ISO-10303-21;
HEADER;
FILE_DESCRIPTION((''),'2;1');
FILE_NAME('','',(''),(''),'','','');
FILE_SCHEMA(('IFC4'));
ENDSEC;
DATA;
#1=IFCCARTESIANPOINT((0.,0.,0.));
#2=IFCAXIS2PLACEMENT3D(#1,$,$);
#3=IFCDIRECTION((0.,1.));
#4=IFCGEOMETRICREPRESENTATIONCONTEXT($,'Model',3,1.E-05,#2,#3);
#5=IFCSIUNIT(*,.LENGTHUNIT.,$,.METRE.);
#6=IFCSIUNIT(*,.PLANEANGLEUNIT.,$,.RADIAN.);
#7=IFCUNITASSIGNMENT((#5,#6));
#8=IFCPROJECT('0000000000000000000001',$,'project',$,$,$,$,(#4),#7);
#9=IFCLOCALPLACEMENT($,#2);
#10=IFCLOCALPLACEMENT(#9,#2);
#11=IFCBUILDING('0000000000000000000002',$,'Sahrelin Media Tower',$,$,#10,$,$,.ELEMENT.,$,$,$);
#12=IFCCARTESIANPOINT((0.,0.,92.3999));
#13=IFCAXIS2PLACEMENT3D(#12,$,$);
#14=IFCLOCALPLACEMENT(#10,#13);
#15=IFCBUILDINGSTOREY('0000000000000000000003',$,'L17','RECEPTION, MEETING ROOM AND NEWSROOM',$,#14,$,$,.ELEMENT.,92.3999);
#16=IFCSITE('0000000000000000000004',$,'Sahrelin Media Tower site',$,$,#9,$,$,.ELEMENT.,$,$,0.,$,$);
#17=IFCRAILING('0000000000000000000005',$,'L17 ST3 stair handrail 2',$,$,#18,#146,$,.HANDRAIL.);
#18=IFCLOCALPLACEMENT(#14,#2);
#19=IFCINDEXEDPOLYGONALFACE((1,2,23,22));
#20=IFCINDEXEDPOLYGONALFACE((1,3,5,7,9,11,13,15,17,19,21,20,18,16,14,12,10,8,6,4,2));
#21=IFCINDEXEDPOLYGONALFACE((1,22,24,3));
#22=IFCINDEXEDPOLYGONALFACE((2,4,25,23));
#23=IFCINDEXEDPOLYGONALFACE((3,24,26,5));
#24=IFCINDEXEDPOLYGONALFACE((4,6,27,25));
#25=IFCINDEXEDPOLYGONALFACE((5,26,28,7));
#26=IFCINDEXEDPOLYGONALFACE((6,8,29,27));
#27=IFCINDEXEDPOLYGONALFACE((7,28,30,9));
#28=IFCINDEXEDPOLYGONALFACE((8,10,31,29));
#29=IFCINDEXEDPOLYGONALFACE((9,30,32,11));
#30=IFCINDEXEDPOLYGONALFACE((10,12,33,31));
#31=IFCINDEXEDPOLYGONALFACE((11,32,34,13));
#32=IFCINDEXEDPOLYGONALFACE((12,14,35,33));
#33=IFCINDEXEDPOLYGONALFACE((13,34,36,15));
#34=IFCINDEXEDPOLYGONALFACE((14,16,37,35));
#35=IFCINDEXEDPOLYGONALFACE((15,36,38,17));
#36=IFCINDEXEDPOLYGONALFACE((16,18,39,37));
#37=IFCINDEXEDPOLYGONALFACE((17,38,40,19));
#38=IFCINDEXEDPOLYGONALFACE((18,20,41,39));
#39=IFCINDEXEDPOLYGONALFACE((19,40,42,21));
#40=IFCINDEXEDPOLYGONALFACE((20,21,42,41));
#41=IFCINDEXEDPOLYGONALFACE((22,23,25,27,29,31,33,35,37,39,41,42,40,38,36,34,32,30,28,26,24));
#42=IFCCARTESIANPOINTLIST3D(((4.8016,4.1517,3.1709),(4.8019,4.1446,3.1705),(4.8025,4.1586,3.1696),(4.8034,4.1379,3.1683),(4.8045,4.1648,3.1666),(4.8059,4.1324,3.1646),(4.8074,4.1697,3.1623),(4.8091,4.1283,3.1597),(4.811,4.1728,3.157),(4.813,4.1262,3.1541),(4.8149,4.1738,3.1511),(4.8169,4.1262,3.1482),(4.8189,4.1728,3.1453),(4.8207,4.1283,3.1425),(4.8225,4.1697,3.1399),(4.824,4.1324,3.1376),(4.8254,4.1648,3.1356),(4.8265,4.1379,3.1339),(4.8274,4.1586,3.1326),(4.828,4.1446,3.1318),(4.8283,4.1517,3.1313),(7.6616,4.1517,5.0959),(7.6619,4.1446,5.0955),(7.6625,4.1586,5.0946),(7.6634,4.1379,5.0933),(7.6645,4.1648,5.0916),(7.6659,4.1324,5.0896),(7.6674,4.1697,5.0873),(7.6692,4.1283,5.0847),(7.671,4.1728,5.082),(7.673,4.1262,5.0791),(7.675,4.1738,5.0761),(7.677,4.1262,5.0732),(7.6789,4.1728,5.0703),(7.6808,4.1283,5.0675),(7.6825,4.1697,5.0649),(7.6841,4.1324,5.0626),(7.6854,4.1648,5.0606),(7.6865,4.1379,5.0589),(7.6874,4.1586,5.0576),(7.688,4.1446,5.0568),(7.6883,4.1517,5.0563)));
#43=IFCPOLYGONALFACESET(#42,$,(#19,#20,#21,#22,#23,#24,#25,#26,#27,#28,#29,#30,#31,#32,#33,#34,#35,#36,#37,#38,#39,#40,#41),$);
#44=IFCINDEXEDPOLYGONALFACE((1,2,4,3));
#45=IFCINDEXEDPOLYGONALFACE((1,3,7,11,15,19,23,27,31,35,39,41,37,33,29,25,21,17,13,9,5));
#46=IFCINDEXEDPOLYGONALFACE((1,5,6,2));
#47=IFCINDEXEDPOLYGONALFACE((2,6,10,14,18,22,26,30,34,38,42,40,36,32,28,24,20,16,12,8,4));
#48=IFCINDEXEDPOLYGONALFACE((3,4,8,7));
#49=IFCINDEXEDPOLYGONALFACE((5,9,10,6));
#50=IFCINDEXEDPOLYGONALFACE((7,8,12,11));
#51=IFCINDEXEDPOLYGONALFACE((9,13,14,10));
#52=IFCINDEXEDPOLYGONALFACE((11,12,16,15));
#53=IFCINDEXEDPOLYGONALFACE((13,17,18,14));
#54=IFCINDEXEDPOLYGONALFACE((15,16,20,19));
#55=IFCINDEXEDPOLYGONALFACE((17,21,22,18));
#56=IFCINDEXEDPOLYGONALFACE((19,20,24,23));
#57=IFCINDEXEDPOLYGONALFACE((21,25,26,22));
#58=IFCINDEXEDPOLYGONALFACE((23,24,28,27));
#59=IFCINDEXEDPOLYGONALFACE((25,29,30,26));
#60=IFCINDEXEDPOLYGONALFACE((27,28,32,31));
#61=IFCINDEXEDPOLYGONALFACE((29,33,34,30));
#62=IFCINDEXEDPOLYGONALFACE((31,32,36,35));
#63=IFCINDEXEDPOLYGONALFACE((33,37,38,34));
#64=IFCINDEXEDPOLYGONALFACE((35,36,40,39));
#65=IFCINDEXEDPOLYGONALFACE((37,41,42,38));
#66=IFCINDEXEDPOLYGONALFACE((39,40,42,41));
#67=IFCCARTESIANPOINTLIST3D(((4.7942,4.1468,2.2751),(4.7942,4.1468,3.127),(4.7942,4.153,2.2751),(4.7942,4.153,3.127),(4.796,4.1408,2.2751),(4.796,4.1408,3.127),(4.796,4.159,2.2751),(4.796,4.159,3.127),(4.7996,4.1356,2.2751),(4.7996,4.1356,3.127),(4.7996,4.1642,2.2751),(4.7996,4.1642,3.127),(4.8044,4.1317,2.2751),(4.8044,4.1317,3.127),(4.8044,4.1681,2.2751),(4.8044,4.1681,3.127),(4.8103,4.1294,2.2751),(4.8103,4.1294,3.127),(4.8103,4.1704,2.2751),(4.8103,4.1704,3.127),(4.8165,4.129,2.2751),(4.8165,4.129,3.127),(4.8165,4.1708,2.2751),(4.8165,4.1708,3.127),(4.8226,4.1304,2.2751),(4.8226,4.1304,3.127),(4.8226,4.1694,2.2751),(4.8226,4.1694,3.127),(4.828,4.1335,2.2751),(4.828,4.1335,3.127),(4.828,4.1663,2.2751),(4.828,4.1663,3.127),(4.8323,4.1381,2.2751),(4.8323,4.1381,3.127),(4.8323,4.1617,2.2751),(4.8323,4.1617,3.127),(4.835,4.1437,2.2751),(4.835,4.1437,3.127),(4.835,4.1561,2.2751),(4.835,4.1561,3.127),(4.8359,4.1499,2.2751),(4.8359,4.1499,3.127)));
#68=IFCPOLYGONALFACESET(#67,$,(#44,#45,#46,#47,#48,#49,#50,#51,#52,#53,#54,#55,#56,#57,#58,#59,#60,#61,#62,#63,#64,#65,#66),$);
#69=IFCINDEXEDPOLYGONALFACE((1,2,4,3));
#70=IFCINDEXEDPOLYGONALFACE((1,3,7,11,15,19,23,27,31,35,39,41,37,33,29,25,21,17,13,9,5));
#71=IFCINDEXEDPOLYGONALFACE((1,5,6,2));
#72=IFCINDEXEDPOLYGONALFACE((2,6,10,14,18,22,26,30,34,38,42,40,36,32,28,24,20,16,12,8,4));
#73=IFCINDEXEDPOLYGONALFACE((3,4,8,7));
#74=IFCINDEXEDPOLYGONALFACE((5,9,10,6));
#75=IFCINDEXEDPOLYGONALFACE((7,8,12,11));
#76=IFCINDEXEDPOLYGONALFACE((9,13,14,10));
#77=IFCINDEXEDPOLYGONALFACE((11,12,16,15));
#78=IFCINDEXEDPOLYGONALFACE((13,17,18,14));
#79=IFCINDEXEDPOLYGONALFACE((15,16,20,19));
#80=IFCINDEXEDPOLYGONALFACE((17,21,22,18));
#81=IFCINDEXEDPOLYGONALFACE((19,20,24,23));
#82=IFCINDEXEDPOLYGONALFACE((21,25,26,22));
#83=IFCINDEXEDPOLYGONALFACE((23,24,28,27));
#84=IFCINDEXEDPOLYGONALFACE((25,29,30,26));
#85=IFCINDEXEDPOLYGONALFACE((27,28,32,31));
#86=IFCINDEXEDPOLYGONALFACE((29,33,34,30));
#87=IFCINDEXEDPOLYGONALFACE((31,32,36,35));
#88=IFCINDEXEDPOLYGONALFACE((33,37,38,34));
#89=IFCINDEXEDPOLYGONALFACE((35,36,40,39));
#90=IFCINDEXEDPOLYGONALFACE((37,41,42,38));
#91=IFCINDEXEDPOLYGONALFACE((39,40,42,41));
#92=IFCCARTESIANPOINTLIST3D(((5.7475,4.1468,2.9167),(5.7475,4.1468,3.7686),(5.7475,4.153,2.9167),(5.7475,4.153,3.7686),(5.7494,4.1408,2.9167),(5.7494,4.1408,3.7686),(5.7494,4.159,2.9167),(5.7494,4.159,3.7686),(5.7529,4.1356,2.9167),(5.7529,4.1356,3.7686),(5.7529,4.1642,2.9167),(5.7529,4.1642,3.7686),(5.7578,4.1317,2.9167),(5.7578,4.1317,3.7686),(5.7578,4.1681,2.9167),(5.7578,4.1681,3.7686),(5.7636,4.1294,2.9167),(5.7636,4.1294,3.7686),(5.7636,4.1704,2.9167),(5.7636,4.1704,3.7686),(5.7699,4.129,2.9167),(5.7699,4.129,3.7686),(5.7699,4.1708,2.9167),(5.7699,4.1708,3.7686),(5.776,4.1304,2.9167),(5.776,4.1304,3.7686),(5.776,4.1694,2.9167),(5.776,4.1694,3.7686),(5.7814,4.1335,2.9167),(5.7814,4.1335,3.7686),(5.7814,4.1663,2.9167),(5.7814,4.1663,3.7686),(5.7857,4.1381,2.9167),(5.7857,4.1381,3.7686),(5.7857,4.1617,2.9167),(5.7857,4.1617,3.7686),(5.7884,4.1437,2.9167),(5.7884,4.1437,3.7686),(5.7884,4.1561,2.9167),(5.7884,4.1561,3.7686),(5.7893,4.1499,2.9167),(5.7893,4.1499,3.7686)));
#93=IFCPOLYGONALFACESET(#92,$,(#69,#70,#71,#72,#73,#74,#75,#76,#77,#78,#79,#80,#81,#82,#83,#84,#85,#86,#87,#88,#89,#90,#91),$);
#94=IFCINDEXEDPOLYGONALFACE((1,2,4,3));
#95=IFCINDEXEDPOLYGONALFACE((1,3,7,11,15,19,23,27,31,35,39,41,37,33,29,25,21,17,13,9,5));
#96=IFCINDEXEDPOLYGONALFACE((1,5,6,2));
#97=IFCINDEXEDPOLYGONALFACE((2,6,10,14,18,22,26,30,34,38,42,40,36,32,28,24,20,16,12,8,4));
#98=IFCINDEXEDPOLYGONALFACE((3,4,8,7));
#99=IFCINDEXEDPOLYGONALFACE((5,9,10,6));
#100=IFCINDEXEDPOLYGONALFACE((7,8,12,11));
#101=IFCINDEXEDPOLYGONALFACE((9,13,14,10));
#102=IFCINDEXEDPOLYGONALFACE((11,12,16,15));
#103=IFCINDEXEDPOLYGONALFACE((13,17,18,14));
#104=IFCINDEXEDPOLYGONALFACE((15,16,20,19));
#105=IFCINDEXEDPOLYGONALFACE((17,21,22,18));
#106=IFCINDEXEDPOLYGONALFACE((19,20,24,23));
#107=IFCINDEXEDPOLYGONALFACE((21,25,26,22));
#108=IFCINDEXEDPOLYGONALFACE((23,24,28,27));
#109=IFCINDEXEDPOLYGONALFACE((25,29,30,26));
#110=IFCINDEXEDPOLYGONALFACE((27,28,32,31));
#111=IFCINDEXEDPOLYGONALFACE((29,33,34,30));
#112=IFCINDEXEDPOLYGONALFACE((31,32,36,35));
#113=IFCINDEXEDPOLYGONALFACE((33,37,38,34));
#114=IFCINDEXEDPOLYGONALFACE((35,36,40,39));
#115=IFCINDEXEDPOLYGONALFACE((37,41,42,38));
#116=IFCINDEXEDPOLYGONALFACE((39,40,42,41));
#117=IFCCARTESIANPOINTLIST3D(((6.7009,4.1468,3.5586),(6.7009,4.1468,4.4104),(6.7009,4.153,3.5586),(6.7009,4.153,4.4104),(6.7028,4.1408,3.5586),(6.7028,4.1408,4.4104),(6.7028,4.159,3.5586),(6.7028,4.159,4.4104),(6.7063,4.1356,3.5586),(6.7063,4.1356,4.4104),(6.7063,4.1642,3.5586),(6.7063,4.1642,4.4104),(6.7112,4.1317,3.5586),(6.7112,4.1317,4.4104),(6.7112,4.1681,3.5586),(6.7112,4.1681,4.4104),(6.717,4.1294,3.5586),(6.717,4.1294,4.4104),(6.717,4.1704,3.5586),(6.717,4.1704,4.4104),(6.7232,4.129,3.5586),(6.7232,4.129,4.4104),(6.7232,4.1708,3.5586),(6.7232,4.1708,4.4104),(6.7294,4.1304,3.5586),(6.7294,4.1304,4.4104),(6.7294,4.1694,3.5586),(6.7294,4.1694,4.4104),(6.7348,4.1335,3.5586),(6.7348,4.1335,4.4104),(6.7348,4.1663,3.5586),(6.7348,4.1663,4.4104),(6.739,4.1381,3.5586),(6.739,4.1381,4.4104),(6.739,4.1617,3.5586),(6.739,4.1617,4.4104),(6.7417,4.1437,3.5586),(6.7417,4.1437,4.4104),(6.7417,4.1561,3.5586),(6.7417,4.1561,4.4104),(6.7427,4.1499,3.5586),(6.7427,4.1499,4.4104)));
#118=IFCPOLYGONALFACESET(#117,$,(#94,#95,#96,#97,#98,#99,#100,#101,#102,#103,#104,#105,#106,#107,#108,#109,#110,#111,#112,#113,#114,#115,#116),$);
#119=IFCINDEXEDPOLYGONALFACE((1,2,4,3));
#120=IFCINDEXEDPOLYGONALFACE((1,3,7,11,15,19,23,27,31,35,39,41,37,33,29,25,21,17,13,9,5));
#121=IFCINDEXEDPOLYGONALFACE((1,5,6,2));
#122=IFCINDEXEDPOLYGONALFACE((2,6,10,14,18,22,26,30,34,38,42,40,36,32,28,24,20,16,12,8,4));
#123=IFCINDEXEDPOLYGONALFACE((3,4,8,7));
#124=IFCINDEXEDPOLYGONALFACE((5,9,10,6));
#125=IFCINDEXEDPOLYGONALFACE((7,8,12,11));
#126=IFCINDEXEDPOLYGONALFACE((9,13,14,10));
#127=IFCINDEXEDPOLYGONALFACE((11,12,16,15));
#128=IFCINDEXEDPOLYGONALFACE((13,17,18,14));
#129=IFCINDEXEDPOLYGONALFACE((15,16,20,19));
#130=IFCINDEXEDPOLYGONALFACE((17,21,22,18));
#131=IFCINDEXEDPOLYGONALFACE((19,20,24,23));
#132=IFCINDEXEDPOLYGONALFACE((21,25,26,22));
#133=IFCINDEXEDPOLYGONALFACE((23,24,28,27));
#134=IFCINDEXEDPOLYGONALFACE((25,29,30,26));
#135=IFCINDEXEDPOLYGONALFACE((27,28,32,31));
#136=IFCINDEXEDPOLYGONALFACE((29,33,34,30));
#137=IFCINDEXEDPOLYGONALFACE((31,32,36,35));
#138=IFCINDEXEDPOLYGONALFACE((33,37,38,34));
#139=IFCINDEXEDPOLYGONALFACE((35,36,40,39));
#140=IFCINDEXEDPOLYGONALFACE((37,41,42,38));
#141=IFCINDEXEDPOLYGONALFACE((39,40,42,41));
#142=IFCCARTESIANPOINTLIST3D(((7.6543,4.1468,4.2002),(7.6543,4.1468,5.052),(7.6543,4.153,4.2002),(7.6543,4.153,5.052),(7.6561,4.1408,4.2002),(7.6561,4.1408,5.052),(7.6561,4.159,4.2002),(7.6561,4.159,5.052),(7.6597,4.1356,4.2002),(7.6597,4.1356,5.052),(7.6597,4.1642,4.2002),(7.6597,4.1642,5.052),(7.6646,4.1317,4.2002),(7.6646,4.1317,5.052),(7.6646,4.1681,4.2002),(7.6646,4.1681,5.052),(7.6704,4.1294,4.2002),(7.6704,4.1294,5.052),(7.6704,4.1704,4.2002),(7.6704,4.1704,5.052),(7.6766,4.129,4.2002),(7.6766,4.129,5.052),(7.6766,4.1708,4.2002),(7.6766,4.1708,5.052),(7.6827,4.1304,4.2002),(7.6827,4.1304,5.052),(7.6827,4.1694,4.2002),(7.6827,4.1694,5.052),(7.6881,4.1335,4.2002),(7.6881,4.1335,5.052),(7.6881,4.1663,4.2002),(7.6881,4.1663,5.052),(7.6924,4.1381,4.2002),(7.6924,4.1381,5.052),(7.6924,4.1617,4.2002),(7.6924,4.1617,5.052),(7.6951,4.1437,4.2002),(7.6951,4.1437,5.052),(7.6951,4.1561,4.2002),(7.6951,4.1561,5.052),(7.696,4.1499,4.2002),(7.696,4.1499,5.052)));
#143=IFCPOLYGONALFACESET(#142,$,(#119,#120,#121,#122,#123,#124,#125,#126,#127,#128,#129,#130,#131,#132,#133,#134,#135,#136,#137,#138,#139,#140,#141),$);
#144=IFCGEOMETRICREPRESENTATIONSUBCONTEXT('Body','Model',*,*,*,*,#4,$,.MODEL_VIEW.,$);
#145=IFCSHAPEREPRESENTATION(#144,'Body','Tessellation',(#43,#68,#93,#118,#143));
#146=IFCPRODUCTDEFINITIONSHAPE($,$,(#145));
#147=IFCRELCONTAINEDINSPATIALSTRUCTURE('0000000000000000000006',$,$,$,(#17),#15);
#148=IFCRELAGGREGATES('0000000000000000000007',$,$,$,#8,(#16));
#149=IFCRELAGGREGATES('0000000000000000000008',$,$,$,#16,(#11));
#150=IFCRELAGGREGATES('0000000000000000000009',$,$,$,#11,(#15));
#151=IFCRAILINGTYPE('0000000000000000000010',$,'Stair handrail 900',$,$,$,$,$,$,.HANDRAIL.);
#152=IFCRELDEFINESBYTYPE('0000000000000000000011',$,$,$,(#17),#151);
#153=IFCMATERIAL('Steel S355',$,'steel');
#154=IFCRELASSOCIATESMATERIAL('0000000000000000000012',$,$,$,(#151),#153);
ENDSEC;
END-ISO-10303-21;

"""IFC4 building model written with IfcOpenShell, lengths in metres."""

from ifc_helpers import new_model, si_unit, direction, frame, origin, origin_2d, place, context, subcontext, project, spatial, circle, extrude, material, type_object, element, save


model = new_model("IFC4")

# Units and contexts
model_context = context("Model", 3, precision=1e-05, world=origin(), true_north=direction((0.0, 1.0)))
body_context = subcontext(model_context, "Body", "Model", "MODEL_VIEW")
ifc_project = project(units=[si_unit("LENGTHUNIT", "METRE"), si_unit("PLANEANGLEUNIT", "RADIAN")], contexts=[model_context])

# Site, building, storey
site_placement = place(None, origin())
site = spatial("IfcSite", under=ifc_project, at=site_placement, Name="Sahrelin Media Tower site", CompositionType="ELEMENT", RefElevation=0.0)
building_placement = place(site_placement, origin())
building = spatial("IfcBuilding", under=site, at=building_placement, Name="Sahrelin Media Tower", CompositionType="ELEMENT")
storey_placement = place(building_placement, frame((0.0, 0.0, 92.3999)))
storey = spatial("IfcBuildingStorey", under=building, at=storey_placement, Name="L17", Description="RECEPTION, MEETING ROOM AND NEWSROOM", CompositionType="ELEMENT", Elevation=92.3999)

# Shared definitions
ifc_material_1 = material(Name="Steel S355", Category="steel")

# Railing
railing_type_1 = type_object("IfcRailingType", Name="Stair handrail 900", PredefinedType="HANDRAIL", material=ifc_material_1)
railing_1_placement = place(storey_placement, frame((4.8149, 4.1499, 2.2751)))
element("IfcRailing", 1, at=railing_1_placement, inside=storey, type_object=railing_type_1, Name="L17 ST3 stair handrail 2", PredefinedType="HANDRAIL", context=body_context, shape_type="SweptSolid", body=[
    extrude(circle(Radius=0.0239, at=origin_2d()), frame((0.0, 0.0, 0.876), z_axis=(0.829591, 0.0, 0.558372), x_axis=(0.0, 1.0, 0.0)), (0.0, 0.0, 1.0), 3.4475),
    extrude(circle(Radius=0.021, at=origin_2d()), origin(), (0.0, 0.0, 1.0), 0.8518),
    extrude(circle(Radius=0.021, at=origin_2d()), frame((0.9534, 0.0, 0.6416)), (0.0, 0.0, 1.0), 0.8518),
    extrude(circle(Radius=0.021, at=origin_2d()), frame((1.9067, 0.0, 1.2834)), (0.0, 0.0, 1.0), 0.8518),
    extrude(circle(Radius=0.021, at=origin_2d()), frame((2.8601, 0.0, 1.925)), (0.0, 0.0, 1.0), 0.8518),
])

save(model, "model.ifc")
